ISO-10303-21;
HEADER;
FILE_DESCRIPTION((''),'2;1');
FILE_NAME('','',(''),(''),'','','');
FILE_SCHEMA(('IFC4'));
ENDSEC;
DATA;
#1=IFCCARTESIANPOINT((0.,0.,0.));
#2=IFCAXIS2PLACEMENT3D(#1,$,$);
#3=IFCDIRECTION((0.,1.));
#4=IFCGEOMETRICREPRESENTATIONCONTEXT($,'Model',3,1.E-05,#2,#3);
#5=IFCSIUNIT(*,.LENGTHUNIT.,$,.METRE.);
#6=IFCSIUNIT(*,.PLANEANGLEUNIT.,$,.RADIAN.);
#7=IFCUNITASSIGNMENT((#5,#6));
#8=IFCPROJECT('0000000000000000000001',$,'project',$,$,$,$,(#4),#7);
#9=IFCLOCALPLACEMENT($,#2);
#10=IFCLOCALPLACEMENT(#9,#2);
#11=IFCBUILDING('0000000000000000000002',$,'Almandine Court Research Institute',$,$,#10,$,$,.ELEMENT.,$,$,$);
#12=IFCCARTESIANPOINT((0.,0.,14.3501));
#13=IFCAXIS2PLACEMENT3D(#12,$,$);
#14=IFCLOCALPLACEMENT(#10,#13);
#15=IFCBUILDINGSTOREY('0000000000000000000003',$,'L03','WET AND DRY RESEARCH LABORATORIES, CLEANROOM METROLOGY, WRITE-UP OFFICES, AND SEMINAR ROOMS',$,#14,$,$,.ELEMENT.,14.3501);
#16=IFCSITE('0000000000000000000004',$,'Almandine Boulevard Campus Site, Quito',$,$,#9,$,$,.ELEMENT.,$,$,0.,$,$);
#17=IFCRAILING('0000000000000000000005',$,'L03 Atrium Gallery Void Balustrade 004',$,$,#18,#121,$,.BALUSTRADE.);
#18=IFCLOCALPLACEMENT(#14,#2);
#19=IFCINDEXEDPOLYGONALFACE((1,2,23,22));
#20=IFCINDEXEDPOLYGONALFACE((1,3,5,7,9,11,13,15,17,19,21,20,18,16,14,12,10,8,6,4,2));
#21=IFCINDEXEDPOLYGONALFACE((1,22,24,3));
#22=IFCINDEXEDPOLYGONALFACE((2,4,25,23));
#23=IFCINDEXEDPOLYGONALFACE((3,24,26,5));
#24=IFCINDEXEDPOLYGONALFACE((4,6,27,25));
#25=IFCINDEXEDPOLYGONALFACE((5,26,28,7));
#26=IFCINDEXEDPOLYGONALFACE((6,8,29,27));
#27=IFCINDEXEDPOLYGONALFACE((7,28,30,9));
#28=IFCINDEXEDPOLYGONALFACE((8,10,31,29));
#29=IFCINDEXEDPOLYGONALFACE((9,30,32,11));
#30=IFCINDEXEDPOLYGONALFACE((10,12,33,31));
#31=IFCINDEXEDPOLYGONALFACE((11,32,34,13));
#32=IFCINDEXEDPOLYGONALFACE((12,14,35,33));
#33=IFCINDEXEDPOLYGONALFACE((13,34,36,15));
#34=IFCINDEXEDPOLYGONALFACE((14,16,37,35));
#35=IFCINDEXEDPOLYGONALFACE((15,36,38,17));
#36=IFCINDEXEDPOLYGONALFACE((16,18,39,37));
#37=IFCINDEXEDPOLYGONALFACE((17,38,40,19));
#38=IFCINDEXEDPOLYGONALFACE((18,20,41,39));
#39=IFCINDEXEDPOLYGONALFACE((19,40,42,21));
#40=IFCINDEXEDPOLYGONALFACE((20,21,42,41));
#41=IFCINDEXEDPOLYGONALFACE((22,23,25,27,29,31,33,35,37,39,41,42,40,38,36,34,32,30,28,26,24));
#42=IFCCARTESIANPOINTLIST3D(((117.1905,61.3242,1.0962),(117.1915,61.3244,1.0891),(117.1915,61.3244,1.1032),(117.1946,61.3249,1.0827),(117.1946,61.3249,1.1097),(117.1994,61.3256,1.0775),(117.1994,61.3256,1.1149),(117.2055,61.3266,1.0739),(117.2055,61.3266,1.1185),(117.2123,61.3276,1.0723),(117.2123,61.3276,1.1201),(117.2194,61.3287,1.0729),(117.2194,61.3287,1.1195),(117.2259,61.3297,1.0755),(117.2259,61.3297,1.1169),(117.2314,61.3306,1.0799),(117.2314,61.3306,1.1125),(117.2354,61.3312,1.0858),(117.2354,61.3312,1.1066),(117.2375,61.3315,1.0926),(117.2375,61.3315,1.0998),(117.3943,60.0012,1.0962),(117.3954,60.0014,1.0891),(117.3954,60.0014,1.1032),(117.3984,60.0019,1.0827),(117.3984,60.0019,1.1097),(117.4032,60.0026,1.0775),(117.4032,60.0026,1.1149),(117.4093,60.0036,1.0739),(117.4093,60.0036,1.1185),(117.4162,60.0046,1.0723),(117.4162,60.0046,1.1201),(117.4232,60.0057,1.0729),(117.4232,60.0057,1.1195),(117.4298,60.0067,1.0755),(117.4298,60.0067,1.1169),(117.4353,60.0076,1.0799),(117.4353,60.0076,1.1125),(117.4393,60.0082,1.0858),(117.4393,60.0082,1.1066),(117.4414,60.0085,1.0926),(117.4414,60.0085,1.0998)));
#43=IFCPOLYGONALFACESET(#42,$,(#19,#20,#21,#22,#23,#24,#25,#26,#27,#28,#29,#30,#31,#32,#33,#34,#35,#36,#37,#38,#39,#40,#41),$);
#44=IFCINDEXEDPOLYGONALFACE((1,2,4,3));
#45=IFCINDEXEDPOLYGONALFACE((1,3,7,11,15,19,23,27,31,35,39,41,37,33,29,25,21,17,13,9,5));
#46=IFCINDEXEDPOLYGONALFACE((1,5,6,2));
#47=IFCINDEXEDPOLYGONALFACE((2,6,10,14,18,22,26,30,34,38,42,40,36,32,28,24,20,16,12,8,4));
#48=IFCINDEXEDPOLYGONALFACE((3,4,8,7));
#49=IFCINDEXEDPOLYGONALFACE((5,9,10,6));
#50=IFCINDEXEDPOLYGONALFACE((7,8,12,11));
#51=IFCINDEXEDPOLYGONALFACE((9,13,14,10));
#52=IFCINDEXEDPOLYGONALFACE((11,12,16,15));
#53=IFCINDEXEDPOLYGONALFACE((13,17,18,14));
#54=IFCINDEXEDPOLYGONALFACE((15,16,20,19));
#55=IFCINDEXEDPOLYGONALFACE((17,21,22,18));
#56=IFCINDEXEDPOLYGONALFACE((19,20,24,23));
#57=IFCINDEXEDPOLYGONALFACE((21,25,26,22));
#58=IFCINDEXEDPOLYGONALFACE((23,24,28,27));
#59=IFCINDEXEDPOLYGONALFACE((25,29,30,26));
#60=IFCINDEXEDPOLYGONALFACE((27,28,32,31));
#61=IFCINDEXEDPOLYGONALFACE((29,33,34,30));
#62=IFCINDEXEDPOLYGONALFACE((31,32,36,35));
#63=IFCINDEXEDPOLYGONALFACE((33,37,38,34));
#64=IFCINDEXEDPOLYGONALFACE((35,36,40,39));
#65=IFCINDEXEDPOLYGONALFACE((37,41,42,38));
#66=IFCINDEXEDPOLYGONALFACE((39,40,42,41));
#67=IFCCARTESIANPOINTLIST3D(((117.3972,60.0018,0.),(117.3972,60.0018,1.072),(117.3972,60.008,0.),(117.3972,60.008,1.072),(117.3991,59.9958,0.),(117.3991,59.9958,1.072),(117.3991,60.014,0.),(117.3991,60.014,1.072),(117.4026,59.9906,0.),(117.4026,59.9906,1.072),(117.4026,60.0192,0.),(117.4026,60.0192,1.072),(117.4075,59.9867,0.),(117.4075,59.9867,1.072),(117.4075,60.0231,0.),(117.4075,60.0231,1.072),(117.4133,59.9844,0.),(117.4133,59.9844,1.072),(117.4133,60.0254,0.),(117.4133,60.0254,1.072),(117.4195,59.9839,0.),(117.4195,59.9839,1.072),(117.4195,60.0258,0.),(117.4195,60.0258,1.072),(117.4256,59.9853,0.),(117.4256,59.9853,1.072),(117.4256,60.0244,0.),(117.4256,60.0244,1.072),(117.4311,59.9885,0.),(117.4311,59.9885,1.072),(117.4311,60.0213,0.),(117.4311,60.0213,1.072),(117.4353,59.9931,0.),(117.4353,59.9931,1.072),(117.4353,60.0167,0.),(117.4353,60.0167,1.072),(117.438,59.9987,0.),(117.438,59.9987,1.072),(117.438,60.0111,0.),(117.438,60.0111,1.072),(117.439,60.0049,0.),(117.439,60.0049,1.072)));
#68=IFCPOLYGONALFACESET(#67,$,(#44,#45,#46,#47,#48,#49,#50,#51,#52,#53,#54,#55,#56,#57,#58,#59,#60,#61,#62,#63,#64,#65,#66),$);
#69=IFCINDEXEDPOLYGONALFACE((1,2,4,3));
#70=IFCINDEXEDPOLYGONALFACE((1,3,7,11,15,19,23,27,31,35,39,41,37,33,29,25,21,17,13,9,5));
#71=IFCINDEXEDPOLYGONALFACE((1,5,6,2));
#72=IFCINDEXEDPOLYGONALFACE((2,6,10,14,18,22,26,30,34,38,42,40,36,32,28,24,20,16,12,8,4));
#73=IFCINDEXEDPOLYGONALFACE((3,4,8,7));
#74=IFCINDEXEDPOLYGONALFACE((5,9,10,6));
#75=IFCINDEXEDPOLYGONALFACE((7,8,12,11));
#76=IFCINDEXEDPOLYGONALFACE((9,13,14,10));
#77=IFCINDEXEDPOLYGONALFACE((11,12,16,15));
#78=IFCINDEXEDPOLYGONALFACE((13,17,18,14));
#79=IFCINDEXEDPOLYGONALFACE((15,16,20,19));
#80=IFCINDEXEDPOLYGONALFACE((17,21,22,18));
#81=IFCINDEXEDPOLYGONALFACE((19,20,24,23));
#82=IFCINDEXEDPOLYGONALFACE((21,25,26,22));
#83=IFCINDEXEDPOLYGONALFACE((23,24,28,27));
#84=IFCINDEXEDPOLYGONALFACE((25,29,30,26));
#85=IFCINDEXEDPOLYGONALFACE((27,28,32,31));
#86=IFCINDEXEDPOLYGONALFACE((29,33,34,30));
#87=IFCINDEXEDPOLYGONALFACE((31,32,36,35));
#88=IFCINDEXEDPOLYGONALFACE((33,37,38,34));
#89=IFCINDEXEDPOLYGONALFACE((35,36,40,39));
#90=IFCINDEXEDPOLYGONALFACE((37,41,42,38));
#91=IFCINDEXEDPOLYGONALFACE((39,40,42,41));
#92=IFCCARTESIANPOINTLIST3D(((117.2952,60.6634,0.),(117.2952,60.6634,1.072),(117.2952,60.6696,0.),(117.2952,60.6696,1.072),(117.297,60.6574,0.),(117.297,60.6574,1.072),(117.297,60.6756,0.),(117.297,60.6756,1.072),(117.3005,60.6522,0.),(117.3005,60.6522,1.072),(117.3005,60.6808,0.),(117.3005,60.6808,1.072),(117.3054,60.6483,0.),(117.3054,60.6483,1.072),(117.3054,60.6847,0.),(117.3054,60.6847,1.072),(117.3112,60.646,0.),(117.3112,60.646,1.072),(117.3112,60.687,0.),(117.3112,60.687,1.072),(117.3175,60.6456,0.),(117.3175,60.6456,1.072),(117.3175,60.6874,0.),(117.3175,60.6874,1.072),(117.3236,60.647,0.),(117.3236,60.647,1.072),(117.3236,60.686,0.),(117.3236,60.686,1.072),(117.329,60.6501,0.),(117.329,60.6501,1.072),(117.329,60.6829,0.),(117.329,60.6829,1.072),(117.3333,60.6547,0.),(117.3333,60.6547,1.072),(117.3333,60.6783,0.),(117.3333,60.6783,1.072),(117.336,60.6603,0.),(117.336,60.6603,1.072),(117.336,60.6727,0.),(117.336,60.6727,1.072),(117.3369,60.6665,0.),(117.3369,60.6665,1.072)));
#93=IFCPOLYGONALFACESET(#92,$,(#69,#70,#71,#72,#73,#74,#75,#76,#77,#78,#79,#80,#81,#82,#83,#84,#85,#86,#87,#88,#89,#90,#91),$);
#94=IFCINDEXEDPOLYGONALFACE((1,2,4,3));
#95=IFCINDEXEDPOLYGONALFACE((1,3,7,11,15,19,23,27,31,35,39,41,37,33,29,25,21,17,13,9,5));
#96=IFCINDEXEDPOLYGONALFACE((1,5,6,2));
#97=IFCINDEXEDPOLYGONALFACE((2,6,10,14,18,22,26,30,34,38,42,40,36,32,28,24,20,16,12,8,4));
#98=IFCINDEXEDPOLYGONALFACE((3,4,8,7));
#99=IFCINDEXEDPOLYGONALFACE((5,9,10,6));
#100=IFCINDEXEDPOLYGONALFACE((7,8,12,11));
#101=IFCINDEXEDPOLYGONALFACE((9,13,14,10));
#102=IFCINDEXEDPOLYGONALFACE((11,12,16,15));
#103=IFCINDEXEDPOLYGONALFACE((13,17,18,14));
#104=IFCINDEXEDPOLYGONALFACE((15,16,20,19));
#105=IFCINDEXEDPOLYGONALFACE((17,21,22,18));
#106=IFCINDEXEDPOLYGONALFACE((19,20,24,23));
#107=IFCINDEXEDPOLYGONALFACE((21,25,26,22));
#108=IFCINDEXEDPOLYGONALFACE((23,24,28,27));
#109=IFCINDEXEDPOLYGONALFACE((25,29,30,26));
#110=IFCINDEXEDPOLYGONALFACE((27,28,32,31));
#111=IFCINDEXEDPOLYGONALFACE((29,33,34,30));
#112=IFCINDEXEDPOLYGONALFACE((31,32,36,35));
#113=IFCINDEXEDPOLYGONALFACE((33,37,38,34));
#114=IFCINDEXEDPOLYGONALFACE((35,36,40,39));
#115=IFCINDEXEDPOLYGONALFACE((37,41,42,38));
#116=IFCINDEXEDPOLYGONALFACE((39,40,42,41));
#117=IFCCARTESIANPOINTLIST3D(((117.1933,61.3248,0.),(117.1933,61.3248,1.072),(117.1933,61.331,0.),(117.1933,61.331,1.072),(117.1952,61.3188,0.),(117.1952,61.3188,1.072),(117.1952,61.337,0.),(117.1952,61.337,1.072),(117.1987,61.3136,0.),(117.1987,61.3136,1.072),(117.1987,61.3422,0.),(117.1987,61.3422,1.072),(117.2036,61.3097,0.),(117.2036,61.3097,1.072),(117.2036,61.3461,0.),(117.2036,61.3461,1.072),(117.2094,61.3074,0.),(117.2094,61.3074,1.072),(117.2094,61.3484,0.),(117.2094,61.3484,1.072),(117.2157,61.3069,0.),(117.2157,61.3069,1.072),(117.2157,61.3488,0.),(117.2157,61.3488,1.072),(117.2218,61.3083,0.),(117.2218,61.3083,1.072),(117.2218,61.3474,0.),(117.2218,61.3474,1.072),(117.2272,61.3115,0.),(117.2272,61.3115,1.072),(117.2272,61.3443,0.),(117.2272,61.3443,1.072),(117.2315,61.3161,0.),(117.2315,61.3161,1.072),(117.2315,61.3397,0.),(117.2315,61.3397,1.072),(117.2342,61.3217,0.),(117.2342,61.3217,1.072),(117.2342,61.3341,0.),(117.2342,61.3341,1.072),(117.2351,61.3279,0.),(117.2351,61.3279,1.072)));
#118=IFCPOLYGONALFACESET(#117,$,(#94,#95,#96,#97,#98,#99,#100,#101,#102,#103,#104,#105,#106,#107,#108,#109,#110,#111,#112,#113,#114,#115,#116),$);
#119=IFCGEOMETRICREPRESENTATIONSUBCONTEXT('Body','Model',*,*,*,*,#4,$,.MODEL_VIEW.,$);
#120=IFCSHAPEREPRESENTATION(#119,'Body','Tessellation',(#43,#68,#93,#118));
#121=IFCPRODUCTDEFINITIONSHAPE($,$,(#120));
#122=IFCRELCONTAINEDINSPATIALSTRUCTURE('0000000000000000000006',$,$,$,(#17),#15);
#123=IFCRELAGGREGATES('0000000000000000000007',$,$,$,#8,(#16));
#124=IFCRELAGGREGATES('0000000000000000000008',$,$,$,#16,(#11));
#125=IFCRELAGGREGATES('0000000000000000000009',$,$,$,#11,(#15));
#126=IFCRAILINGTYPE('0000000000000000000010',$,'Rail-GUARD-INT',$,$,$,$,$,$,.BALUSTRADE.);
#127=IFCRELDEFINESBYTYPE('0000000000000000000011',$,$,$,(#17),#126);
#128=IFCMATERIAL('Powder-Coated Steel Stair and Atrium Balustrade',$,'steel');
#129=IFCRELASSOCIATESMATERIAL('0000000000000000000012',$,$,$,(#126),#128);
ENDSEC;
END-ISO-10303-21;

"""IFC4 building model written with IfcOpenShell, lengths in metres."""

from ifc_helpers import new_model, si_unit, direction, frame, origin, origin_2d, place, context, subcontext, project, spatial, circle, extrude, material, type_object, element, save


model = new_model("IFC4")

# Units and contexts
model_context = context("Model", 3, precision=1e-05, world=origin(), true_north=direction((0.0, 1.0)))
body_context = subcontext(model_context, "Body", "Model", "MODEL_VIEW")
ifc_project = project(units=[si_unit("LENGTHUNIT", "METRE"), si_unit("PLANEANGLEUNIT", "RADIAN")], contexts=[model_context])

# Site, building, storey
site_placement = place(None, origin())
site = spatial("IfcSite", under=ifc_project, at=site_placement, Name="Almandine Boulevard Campus Site, Quito", CompositionType="ELEMENT", RefElevation=0.0)
building_placement = place(site_placement, origin())
building = spatial("IfcBuilding", under=site, at=building_placement, Name="Almandine Court Research Institute", CompositionType="ELEMENT")
storey_placement = place(building_placement, frame((0.0, 0.0, 14.3501)))
storey = spatial("IfcBuildingStorey", under=building, at=storey_placement, Name="L03", Description="WET AND DRY RESEARCH LABORATORIES, CLEANROOM METROLOGY, WRITE-UP OFFICES, AND SEMINAR ROOMS", CompositionType="ELEMENT", Elevation=14.3501)

# Railing
ifc_material_1 = material(Name="Powder-Coated Steel Stair and Atrium Balustrade", Category="steel")
railing_type_1 = type_object("IfcRailingType", Name="Rail-GUARD-INT", PredefinedType="BALUSTRADE", material=ifc_material_1)
railing_1_placement = place(storey_placement, frame((117.418, 60.0049, 0.0)))
element("IfcRailing", 1, at=railing_1_placement, inside=storey, type_object=railing_type_1, Name="L03 Atrium Gallery Void Balustrade 004", PredefinedType="BALUSTRADE", context=body_context, shape_type="SweptSolid", body=[
    extrude(circle(Radius=0.0239, at=origin_2d()), frame((0.0, 0.0, 1.0962), z_axis=(-0.15229, 0.988336, 0.0), x_axis=(-0.988336, -0.15229, 0.0)), (0.0, 0.0, 1.0), 1.3386),
    extrude(circle(Radius=0.021, at=origin_2d()), origin(), (0.0, 0.0, 1.0), 1.072),
    extrude(circle(Radius=0.021, at=origin_2d()), frame((-0.1021, 0.6616, 0.0)), (0.0, 0.0, 1.0), 1.072),
    extrude(circle(Radius=0.021, at=origin_2d()), frame((-0.2039, 1.323, 0.0)), (0.0, 0.0, 1.0), 1.072),
])

save(model, "model.ifc")
